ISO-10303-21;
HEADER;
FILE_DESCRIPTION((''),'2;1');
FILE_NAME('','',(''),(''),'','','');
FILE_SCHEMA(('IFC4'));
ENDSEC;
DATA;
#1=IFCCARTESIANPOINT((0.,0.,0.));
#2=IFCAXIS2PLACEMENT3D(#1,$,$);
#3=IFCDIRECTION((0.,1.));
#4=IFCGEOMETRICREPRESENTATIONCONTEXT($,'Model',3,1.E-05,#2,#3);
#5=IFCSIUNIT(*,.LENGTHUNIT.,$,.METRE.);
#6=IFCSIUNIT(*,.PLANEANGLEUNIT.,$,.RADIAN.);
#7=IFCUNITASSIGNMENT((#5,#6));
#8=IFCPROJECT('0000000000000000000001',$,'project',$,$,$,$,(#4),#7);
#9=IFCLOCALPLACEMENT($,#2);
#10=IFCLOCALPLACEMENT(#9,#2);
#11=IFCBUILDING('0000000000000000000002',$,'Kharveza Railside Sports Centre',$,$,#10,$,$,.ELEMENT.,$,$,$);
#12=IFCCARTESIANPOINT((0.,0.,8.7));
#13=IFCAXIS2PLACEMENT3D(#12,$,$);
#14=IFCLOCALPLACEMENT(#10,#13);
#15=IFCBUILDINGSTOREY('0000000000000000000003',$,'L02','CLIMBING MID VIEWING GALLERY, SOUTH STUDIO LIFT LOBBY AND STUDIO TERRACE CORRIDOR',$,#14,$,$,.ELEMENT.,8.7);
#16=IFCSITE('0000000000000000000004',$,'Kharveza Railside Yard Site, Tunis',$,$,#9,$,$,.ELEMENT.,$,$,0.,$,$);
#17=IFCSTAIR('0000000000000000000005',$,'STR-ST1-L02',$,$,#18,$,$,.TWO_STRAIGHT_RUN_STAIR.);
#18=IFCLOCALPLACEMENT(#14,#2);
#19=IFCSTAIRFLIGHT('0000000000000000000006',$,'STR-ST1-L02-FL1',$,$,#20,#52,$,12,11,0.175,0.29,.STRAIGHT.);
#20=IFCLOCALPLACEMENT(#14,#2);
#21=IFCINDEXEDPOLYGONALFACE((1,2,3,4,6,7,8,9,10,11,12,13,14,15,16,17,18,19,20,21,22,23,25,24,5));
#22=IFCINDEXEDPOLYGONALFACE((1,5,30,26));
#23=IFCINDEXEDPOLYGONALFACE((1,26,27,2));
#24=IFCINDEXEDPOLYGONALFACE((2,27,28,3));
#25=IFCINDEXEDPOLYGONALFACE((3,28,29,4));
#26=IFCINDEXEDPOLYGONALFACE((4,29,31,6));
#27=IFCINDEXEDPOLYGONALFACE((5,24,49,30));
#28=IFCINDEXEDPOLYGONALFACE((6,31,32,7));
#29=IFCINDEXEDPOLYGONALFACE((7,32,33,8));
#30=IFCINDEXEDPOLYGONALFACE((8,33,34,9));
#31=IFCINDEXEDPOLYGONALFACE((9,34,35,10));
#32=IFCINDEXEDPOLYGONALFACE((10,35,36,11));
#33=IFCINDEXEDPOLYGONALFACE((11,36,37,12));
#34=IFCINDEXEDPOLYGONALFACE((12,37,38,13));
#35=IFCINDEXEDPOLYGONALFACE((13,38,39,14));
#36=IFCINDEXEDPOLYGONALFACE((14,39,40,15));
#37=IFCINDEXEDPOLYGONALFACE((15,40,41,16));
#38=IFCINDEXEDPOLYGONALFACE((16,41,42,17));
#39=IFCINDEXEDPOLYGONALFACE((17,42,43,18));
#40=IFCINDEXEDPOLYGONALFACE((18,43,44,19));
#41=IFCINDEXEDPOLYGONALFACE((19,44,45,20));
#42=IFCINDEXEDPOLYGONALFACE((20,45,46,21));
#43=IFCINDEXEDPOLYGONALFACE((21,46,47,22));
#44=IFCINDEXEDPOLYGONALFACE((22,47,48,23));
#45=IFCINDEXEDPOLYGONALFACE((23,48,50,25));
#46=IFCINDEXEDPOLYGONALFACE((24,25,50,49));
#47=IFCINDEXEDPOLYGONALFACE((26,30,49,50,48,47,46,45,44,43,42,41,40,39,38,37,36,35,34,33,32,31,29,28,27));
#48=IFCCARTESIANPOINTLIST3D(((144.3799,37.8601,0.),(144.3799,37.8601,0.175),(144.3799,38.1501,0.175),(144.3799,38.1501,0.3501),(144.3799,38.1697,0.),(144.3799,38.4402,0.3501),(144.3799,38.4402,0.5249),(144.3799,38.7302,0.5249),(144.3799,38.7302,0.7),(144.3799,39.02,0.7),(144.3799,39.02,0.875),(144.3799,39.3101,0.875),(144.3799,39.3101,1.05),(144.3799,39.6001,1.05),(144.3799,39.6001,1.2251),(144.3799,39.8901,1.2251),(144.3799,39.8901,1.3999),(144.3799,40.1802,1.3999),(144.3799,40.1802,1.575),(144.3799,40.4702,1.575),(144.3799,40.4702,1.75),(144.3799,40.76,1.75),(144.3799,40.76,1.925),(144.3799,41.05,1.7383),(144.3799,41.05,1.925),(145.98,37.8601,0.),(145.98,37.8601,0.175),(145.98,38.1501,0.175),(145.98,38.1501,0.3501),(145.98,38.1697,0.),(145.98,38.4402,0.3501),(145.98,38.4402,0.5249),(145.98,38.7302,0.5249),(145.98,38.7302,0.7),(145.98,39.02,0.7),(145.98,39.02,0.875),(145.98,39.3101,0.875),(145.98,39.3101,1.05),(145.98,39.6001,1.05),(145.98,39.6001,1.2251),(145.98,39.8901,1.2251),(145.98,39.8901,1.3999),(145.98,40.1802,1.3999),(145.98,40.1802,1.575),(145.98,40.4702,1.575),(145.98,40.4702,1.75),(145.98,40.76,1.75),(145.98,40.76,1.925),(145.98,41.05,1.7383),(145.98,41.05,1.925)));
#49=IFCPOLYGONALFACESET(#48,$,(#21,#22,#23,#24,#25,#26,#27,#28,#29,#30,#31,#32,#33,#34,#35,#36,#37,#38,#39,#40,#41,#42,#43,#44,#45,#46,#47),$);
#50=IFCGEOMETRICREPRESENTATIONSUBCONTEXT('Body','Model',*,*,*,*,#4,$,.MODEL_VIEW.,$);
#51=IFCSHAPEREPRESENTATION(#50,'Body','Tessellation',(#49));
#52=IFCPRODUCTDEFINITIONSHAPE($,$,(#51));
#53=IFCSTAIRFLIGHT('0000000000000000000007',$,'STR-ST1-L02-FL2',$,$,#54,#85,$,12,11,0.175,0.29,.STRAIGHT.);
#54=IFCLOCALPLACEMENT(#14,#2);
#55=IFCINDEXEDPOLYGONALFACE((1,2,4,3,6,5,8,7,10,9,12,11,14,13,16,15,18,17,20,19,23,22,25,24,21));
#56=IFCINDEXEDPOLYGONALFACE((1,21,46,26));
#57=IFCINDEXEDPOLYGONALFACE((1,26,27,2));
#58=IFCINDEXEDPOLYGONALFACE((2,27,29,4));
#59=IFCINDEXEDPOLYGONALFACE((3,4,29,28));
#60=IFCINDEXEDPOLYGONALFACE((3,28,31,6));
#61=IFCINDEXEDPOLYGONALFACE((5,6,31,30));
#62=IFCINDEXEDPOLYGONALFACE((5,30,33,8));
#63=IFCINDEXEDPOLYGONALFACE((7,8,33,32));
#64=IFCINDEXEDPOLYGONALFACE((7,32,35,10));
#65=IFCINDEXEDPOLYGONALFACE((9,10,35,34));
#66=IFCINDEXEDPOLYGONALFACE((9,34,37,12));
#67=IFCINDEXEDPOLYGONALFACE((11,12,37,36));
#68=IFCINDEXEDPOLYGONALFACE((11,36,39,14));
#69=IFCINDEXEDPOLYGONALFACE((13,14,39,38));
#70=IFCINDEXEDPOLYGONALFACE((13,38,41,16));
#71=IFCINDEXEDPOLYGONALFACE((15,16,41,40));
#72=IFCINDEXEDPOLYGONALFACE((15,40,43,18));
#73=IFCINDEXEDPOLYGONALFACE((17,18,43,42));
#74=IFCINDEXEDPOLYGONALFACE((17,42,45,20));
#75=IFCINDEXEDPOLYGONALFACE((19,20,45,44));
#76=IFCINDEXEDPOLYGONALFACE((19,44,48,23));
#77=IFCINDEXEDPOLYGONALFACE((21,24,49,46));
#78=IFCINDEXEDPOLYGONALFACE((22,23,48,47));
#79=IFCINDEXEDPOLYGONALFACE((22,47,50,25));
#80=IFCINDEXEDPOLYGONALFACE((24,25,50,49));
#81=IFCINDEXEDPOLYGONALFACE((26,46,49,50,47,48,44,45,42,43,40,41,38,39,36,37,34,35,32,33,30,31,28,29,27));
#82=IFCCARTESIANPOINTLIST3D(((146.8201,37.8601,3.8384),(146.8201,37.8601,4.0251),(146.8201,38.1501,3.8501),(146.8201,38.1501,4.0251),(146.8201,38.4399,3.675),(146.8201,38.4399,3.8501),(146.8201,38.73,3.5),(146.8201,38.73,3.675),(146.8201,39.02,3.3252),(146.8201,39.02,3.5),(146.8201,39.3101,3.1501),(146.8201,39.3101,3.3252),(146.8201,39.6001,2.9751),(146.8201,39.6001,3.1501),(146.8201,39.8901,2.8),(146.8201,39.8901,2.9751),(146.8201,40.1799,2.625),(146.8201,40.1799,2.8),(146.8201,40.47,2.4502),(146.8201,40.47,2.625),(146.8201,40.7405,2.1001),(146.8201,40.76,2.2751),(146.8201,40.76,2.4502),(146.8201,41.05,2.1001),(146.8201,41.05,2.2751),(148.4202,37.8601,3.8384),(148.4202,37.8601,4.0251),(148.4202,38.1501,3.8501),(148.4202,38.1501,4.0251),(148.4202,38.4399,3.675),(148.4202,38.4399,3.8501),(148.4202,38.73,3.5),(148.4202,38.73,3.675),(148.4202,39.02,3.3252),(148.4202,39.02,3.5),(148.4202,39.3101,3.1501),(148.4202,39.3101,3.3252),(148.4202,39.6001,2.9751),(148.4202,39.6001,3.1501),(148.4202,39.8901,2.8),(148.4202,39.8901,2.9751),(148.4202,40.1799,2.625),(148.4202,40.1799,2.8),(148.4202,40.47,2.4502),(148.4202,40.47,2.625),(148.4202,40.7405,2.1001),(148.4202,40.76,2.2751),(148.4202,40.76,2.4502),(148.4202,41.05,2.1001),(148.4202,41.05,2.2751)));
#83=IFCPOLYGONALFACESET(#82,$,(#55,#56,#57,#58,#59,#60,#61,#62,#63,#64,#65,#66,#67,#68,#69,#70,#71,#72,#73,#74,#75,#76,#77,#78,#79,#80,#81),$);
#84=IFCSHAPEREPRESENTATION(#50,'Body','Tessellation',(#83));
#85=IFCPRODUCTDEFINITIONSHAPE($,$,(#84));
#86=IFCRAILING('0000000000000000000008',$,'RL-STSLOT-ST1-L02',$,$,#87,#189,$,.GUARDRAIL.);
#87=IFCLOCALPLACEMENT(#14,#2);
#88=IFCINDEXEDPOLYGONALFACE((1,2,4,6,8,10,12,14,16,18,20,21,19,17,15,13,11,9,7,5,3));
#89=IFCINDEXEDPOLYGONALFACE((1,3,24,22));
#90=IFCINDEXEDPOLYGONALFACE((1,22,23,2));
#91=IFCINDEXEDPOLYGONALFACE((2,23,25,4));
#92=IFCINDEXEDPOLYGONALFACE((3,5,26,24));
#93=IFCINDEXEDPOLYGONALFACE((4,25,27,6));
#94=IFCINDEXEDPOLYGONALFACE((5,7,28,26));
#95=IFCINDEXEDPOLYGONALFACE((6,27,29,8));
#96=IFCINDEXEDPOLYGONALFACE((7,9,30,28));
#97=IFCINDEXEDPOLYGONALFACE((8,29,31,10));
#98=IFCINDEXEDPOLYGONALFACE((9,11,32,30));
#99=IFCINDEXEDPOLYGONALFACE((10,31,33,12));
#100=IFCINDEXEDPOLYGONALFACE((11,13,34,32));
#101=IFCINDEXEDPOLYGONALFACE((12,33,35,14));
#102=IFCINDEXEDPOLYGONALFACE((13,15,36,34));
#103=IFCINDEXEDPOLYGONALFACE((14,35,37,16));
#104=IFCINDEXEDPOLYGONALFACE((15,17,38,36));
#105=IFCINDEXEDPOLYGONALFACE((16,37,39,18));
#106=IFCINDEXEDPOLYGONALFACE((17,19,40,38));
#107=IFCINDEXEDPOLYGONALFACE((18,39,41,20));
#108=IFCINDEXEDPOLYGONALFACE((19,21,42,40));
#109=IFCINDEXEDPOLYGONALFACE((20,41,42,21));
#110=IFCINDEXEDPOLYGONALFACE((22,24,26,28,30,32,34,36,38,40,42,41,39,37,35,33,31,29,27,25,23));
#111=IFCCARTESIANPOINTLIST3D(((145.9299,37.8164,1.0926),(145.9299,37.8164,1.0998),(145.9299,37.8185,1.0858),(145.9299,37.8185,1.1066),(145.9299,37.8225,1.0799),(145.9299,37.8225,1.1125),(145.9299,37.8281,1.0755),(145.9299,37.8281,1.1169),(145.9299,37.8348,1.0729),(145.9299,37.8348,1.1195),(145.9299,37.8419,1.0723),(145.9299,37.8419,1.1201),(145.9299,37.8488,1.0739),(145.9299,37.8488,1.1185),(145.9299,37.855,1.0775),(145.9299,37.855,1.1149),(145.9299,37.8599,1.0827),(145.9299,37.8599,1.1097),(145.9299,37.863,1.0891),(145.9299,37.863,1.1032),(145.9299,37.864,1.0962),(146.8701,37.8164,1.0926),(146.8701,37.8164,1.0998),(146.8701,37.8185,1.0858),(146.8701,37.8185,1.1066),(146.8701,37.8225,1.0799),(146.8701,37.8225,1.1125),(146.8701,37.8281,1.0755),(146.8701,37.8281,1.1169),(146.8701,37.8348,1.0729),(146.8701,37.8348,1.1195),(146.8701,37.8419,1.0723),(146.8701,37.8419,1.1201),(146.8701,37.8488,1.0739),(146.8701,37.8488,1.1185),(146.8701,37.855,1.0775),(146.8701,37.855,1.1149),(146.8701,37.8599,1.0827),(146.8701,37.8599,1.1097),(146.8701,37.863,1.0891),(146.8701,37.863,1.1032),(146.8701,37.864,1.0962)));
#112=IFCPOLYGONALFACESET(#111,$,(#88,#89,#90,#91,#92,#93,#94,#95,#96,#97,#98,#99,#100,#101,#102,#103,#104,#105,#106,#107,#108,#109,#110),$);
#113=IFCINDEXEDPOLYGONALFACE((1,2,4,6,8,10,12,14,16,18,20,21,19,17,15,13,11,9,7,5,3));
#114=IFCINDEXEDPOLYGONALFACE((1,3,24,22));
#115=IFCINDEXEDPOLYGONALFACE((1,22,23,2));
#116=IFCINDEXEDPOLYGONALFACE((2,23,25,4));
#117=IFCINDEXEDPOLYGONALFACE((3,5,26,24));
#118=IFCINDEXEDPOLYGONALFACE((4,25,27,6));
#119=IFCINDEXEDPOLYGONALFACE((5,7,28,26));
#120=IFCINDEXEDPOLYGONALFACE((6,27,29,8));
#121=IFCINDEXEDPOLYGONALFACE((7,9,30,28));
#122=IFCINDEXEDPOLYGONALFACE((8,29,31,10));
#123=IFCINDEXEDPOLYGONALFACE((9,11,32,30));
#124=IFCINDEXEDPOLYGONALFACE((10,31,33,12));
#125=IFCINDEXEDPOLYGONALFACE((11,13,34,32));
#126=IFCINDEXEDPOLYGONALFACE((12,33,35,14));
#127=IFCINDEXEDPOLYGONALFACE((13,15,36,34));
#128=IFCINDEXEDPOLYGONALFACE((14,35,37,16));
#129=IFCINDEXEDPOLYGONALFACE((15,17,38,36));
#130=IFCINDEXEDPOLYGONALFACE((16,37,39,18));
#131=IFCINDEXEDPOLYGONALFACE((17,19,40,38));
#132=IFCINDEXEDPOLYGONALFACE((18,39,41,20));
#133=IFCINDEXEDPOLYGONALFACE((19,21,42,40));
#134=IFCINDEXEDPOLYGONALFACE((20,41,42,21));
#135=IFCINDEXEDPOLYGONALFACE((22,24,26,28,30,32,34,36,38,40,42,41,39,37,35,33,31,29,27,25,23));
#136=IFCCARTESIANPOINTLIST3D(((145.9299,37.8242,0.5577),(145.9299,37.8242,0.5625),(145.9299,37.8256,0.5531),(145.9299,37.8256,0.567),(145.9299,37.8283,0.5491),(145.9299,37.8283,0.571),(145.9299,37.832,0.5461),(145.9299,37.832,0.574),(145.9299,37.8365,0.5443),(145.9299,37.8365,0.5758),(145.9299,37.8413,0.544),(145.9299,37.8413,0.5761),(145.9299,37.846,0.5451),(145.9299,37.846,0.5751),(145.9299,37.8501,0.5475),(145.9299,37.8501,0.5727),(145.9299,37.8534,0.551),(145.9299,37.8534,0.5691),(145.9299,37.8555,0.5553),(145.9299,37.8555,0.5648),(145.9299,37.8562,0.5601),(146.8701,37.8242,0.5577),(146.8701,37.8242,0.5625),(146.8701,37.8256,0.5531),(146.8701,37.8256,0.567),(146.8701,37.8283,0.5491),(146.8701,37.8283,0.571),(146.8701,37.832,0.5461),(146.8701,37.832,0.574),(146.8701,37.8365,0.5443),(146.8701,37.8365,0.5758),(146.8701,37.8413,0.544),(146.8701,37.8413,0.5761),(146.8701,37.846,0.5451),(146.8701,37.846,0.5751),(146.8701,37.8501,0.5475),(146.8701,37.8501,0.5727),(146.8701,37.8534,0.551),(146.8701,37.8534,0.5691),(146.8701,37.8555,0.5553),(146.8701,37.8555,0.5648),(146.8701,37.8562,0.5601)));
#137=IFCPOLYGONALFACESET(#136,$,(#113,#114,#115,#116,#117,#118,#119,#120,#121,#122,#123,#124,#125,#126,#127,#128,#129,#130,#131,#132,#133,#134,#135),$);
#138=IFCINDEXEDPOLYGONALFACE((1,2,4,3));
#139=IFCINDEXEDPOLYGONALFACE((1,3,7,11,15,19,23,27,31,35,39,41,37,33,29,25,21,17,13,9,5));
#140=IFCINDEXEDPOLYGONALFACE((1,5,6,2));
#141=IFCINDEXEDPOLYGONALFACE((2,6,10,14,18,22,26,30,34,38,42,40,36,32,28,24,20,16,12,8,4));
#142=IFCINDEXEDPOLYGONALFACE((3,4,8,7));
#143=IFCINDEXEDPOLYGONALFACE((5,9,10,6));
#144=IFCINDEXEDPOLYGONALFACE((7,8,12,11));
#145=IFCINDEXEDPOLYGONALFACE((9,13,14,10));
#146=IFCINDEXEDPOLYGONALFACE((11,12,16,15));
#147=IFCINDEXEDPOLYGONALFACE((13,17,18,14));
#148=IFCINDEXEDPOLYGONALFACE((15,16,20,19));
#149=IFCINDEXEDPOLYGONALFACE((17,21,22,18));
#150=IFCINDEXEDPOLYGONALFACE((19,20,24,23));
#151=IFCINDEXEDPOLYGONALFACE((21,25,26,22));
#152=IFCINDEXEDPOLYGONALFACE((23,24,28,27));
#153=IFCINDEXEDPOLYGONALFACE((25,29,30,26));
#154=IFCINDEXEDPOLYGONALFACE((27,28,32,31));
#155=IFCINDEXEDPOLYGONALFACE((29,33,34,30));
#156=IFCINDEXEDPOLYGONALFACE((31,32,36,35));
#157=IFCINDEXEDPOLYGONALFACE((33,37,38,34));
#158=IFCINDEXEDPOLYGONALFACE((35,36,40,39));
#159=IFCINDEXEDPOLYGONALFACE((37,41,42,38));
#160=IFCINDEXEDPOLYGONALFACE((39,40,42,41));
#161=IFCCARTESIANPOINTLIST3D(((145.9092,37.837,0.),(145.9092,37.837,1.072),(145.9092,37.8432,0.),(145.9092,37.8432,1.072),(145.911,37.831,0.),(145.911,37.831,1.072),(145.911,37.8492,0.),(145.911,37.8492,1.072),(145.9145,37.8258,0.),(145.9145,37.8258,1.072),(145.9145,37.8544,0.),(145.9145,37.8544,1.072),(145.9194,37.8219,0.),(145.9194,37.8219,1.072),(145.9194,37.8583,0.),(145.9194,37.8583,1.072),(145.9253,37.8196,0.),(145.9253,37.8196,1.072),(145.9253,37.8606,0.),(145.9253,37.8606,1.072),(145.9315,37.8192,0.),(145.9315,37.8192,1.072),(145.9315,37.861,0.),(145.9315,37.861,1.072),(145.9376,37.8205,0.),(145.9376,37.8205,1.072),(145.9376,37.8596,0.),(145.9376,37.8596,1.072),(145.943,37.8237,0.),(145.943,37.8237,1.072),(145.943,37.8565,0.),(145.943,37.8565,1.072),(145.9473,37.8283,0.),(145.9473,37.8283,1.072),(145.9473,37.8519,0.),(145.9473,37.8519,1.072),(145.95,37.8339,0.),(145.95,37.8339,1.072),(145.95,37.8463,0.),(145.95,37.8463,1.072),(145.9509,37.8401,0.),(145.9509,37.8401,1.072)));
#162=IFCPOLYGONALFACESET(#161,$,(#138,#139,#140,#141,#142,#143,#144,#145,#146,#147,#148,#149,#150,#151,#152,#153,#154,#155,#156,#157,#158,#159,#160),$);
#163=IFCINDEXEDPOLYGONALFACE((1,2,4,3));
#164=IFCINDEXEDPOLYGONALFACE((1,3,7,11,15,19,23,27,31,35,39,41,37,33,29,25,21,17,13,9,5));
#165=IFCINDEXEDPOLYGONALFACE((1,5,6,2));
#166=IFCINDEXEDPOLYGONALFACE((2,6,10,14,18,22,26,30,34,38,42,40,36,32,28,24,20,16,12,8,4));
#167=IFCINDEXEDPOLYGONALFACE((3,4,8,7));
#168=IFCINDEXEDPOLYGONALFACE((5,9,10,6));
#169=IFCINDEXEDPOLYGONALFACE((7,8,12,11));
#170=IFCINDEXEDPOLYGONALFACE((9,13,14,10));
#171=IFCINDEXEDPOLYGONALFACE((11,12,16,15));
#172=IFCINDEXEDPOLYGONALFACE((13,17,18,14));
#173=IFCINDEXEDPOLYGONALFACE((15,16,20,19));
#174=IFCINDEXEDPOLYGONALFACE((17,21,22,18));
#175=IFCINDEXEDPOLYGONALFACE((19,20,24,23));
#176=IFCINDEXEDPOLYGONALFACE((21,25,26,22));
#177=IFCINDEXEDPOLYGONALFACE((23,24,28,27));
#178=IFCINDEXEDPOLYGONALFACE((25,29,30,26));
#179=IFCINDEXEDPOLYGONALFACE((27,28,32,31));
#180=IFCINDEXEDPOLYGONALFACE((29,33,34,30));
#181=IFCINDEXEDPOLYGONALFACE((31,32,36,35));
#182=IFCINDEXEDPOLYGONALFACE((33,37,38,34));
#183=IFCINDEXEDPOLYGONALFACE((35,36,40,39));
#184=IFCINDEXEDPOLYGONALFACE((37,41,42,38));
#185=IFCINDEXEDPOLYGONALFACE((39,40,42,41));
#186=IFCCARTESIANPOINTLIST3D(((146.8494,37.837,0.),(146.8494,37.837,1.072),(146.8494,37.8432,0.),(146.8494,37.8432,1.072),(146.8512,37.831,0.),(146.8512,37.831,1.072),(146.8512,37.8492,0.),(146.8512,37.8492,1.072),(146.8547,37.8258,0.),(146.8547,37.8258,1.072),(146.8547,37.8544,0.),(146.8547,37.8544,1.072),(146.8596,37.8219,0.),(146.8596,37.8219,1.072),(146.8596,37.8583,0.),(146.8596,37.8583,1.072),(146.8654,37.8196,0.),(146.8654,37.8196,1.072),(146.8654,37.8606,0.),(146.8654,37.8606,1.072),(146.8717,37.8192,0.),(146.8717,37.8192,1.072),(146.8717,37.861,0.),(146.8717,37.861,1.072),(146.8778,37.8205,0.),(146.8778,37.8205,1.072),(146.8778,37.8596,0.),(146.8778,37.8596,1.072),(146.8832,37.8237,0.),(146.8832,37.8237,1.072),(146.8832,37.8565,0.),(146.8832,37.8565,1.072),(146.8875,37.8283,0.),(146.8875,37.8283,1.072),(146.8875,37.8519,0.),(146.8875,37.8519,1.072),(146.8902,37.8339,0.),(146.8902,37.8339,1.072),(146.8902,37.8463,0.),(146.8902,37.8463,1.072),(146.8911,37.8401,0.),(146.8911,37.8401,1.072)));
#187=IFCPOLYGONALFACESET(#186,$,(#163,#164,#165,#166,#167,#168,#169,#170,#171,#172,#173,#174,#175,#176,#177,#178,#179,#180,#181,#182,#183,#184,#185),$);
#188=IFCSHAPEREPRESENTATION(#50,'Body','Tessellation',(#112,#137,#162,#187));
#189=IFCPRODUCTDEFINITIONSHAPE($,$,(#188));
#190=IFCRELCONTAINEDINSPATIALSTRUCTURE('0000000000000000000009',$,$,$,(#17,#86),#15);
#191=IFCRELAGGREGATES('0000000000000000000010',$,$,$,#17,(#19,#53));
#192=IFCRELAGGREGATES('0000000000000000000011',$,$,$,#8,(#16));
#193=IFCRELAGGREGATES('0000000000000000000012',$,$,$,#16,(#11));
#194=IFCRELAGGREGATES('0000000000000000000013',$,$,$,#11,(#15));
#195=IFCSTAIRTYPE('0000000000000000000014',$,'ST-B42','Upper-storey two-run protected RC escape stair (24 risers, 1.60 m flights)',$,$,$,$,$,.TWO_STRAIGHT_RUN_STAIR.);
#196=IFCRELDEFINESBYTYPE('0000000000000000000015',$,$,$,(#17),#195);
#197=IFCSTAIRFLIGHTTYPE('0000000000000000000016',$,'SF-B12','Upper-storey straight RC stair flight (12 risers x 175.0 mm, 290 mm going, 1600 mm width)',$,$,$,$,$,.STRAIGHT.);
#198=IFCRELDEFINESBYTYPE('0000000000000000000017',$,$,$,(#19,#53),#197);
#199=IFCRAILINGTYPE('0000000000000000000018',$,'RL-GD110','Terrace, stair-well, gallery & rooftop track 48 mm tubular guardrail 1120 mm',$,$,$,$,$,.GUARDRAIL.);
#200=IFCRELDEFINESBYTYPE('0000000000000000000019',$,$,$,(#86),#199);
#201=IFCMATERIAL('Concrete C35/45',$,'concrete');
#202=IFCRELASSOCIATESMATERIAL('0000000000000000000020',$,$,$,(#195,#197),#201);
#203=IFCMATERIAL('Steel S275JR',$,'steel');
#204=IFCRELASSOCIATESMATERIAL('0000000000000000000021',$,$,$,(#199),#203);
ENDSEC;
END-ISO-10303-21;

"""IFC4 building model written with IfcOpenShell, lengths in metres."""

from ifc_helpers import new_model, si_unit, direction, frame, origin, origin_2d, place, context, subcontext, project, spatial, polyline, circle, outline, extrude, material, type_object, element, aggregate, save


model = new_model("IFC4")

# Units and contexts
model_context = context("Model", 3, precision=1e-05, world=origin(), true_north=direction((0.0, 1.0)))
body_context = subcontext(model_context, "Body", "Model", "MODEL_VIEW")
ifc_project = project(units=[si_unit("LENGTHUNIT", "METRE"), si_unit("PLANEANGLEUNIT", "RADIAN")], contexts=[model_context])

# Site, building, storey
site_placement = place(None, origin())
site = spatial("IfcSite", under=ifc_project, at=site_placement, Name="Kharveza Railside Yard Site, Tunis", CompositionType="ELEMENT", RefElevation=0.0)
building_placement = place(site_placement, origin())
building = spatial("IfcBuilding", under=site, at=building_placement, Name="Kharveza Railside Sports Centre", CompositionType="ELEMENT")
storey_placement = place(building_placement, frame((0.0, 0.0, 8.7)))
storey = spatial("IfcBuildingStorey", under=building, at=storey_placement, Name="L02", Description="CLIMBING MID VIEWING GALLERY, SOUTH STUDIO LIFT LOBBY AND STUDIO TERRACE CORRIDOR", CompositionType="ELEMENT", Elevation=8.7)

# Shared definitions
ifc_material_1 = material(Name="Concrete C35/45", Category="concrete")

# Stair, stair flights
stair_type = type_object("IfcStairType", Name="ST-B42", Description="Upper-storey two-run protected RC escape stair (24 risers, 1.60 m flights)", PredefinedType="TWO_STRAIGHT_RUN_STAIR", material=ifc_material_1)
stair_placement = place(storey_placement, origin())
stair = element("IfcStair", 1, at=stair_placement, inside=storey, type_object=stair_type, Name="STR-ST1-L02", PredefinedType="TWO_STRAIGHT_RUN_STAIR")
stair_flight_type = type_object("IfcStairFlightType", Name="SF-B12", Description="Upper-storey straight RC stair flight (12 risers x 175.0 mm, 290 mm going, 1600 mm width)", PredefinedType="STRAIGHT", material=ifc_material_1)
stair_flight_1_placement = place(storey_placement, frame((145.1799, 37.8601, 0.0), z_axis=(0.0, 0.0, 1.0), x_axis=(0.0, 1.0, 0.0)))
stair_flight_1 = element("IfcStairFlight", 2, at=stair_flight_1_placement, type_object=stair_flight_type, Name="STR-ST1-L02-FL1", NumberOfRisers=12, NumberOfTreads=11, PredefinedType="STRAIGHT", RiserHeight=0.175, TreadLength=0.29, context=body_context, shape_type="SweptSolid", body=[
    extrude(outline(polyline([(0.0, 0.0), (0.0, 0.175), (0.29, 0.175), (0.29, 0.3501), (0.5801, 0.3501), (0.5801, 0.5249), (0.8701, 0.5249), (0.8701, 0.7), (1.1599, 0.7), (1.1599, 0.875), (1.45, 0.875), (1.45, 1.05), (1.74, 1.05), (1.74, 1.2251), (2.03, 1.2251), (2.03, 1.3999), (2.3201, 1.3999), (2.3201, 1.575), (2.6101, 1.575), (2.6101, 1.75), (2.8999, 1.75), (2.8999, 1.925), (3.1899, 1.925), (3.1899, 2.1001), (3.1899, 1.7383), (0.3096, 0.0), (0.0, 0.0)])), frame((0.0, 0.8, 0.0), z_axis=(0.0, -1.0, 0.0), x_axis=(1.0, 0.0, 0.0)), (0.0, 0.0, 1.0), 1.6001),
])
stair_flight_2_placement = place(storey_placement, frame((147.6201, 41.05, 2.1001), z_axis=(0.0, 0.0, 1.0), x_axis=(0.0, -1.0, 0.0)))
stair_flight_2 = element("IfcStairFlight", 3, at=stair_flight_2_placement, type_object=stair_flight_type, Name="STR-ST1-L02-FL2", NumberOfRisers=12, NumberOfTreads=11, PredefinedType="STRAIGHT", RiserHeight=0.175, TreadLength=0.29, context=body_context, shape_type="SweptSolid", body=[
    extrude(outline(polyline([(0.0, 0.0), (0.0, 0.175), (0.29, 0.175), (0.29, 0.3501), (0.5801, 0.3501), (0.5801, 0.5249), (0.8701, 0.5249), (0.8701, 0.7), (1.1599, 0.7), (1.1599, 0.875), (1.45, 0.875), (1.45, 1.05), (1.74, 1.05), (1.74, 1.2251), (2.03, 1.2251), (2.03, 1.3999), (2.3201, 1.3999), (2.3201, 1.575), (2.6101, 1.575), (2.6101, 1.75), (2.8999, 1.75), (2.8999, 1.925), (3.1899, 1.925), (3.1899, 2.1001), (3.1899, 1.7383), (0.3096, 0.0), (0.0, 0.0)])), frame((0.0, 0.8, 0.0), z_axis=(0.0, -1.0, 0.0), x_axis=(1.0, 0.0, 0.0)), (0.0, 0.0, 1.0), 1.6001),
])
aggregate(stair, [stair_flight_1, stair_flight_2])

# Railing
ifc_material_2 = material(Name="Steel S275JR", Category="steel")
railing_type_1 = type_object("IfcRailingType", Name="RL-GD110", Description="Terrace, stair-well, gallery & rooftop track 48 mm tubular guardrail 1120 mm", PredefinedType="GUARDRAIL", material=ifc_material_2)
railing_1_placement = place(storey_placement, frame((145.9299, 37.8401, 0.0)))
element("IfcRailing", 4, at=railing_1_placement, inside=storey, type_object=railing_type_1, Name="RL-STSLOT-ST1-L02", PredefinedType="GUARDRAIL", context=body_context, shape_type="SweptSolid", body=[
    extrude(circle(Radius=0.0239, at=origin_2d()), frame((0.0, 0.0, 1.0962), z_axis=(1.0, 0.0, 0.0), x_axis=(0.0, 1.0, 0.0)), (0.0, 0.0, 1.0), 0.9402),
    extrude(circle(Radius=0.0161, at=origin_2d()), frame((0.0, 0.0, 0.5601), z_axis=(1.0, 0.0, 0.0), x_axis=(0.0, 1.0, 0.0)), (0.0, 0.0, 1.0), 0.9402),
    extrude(circle(Radius=0.021, at=origin_2d()), origin(), (0.0, 0.0, 1.0), 1.072),
    extrude(circle(Radius=0.021, at=origin_2d()), frame((0.9402, 0.0, 0.0)), (0.0, 0.0, 1.0), 1.072),
])

save(model, "model.ifc")
